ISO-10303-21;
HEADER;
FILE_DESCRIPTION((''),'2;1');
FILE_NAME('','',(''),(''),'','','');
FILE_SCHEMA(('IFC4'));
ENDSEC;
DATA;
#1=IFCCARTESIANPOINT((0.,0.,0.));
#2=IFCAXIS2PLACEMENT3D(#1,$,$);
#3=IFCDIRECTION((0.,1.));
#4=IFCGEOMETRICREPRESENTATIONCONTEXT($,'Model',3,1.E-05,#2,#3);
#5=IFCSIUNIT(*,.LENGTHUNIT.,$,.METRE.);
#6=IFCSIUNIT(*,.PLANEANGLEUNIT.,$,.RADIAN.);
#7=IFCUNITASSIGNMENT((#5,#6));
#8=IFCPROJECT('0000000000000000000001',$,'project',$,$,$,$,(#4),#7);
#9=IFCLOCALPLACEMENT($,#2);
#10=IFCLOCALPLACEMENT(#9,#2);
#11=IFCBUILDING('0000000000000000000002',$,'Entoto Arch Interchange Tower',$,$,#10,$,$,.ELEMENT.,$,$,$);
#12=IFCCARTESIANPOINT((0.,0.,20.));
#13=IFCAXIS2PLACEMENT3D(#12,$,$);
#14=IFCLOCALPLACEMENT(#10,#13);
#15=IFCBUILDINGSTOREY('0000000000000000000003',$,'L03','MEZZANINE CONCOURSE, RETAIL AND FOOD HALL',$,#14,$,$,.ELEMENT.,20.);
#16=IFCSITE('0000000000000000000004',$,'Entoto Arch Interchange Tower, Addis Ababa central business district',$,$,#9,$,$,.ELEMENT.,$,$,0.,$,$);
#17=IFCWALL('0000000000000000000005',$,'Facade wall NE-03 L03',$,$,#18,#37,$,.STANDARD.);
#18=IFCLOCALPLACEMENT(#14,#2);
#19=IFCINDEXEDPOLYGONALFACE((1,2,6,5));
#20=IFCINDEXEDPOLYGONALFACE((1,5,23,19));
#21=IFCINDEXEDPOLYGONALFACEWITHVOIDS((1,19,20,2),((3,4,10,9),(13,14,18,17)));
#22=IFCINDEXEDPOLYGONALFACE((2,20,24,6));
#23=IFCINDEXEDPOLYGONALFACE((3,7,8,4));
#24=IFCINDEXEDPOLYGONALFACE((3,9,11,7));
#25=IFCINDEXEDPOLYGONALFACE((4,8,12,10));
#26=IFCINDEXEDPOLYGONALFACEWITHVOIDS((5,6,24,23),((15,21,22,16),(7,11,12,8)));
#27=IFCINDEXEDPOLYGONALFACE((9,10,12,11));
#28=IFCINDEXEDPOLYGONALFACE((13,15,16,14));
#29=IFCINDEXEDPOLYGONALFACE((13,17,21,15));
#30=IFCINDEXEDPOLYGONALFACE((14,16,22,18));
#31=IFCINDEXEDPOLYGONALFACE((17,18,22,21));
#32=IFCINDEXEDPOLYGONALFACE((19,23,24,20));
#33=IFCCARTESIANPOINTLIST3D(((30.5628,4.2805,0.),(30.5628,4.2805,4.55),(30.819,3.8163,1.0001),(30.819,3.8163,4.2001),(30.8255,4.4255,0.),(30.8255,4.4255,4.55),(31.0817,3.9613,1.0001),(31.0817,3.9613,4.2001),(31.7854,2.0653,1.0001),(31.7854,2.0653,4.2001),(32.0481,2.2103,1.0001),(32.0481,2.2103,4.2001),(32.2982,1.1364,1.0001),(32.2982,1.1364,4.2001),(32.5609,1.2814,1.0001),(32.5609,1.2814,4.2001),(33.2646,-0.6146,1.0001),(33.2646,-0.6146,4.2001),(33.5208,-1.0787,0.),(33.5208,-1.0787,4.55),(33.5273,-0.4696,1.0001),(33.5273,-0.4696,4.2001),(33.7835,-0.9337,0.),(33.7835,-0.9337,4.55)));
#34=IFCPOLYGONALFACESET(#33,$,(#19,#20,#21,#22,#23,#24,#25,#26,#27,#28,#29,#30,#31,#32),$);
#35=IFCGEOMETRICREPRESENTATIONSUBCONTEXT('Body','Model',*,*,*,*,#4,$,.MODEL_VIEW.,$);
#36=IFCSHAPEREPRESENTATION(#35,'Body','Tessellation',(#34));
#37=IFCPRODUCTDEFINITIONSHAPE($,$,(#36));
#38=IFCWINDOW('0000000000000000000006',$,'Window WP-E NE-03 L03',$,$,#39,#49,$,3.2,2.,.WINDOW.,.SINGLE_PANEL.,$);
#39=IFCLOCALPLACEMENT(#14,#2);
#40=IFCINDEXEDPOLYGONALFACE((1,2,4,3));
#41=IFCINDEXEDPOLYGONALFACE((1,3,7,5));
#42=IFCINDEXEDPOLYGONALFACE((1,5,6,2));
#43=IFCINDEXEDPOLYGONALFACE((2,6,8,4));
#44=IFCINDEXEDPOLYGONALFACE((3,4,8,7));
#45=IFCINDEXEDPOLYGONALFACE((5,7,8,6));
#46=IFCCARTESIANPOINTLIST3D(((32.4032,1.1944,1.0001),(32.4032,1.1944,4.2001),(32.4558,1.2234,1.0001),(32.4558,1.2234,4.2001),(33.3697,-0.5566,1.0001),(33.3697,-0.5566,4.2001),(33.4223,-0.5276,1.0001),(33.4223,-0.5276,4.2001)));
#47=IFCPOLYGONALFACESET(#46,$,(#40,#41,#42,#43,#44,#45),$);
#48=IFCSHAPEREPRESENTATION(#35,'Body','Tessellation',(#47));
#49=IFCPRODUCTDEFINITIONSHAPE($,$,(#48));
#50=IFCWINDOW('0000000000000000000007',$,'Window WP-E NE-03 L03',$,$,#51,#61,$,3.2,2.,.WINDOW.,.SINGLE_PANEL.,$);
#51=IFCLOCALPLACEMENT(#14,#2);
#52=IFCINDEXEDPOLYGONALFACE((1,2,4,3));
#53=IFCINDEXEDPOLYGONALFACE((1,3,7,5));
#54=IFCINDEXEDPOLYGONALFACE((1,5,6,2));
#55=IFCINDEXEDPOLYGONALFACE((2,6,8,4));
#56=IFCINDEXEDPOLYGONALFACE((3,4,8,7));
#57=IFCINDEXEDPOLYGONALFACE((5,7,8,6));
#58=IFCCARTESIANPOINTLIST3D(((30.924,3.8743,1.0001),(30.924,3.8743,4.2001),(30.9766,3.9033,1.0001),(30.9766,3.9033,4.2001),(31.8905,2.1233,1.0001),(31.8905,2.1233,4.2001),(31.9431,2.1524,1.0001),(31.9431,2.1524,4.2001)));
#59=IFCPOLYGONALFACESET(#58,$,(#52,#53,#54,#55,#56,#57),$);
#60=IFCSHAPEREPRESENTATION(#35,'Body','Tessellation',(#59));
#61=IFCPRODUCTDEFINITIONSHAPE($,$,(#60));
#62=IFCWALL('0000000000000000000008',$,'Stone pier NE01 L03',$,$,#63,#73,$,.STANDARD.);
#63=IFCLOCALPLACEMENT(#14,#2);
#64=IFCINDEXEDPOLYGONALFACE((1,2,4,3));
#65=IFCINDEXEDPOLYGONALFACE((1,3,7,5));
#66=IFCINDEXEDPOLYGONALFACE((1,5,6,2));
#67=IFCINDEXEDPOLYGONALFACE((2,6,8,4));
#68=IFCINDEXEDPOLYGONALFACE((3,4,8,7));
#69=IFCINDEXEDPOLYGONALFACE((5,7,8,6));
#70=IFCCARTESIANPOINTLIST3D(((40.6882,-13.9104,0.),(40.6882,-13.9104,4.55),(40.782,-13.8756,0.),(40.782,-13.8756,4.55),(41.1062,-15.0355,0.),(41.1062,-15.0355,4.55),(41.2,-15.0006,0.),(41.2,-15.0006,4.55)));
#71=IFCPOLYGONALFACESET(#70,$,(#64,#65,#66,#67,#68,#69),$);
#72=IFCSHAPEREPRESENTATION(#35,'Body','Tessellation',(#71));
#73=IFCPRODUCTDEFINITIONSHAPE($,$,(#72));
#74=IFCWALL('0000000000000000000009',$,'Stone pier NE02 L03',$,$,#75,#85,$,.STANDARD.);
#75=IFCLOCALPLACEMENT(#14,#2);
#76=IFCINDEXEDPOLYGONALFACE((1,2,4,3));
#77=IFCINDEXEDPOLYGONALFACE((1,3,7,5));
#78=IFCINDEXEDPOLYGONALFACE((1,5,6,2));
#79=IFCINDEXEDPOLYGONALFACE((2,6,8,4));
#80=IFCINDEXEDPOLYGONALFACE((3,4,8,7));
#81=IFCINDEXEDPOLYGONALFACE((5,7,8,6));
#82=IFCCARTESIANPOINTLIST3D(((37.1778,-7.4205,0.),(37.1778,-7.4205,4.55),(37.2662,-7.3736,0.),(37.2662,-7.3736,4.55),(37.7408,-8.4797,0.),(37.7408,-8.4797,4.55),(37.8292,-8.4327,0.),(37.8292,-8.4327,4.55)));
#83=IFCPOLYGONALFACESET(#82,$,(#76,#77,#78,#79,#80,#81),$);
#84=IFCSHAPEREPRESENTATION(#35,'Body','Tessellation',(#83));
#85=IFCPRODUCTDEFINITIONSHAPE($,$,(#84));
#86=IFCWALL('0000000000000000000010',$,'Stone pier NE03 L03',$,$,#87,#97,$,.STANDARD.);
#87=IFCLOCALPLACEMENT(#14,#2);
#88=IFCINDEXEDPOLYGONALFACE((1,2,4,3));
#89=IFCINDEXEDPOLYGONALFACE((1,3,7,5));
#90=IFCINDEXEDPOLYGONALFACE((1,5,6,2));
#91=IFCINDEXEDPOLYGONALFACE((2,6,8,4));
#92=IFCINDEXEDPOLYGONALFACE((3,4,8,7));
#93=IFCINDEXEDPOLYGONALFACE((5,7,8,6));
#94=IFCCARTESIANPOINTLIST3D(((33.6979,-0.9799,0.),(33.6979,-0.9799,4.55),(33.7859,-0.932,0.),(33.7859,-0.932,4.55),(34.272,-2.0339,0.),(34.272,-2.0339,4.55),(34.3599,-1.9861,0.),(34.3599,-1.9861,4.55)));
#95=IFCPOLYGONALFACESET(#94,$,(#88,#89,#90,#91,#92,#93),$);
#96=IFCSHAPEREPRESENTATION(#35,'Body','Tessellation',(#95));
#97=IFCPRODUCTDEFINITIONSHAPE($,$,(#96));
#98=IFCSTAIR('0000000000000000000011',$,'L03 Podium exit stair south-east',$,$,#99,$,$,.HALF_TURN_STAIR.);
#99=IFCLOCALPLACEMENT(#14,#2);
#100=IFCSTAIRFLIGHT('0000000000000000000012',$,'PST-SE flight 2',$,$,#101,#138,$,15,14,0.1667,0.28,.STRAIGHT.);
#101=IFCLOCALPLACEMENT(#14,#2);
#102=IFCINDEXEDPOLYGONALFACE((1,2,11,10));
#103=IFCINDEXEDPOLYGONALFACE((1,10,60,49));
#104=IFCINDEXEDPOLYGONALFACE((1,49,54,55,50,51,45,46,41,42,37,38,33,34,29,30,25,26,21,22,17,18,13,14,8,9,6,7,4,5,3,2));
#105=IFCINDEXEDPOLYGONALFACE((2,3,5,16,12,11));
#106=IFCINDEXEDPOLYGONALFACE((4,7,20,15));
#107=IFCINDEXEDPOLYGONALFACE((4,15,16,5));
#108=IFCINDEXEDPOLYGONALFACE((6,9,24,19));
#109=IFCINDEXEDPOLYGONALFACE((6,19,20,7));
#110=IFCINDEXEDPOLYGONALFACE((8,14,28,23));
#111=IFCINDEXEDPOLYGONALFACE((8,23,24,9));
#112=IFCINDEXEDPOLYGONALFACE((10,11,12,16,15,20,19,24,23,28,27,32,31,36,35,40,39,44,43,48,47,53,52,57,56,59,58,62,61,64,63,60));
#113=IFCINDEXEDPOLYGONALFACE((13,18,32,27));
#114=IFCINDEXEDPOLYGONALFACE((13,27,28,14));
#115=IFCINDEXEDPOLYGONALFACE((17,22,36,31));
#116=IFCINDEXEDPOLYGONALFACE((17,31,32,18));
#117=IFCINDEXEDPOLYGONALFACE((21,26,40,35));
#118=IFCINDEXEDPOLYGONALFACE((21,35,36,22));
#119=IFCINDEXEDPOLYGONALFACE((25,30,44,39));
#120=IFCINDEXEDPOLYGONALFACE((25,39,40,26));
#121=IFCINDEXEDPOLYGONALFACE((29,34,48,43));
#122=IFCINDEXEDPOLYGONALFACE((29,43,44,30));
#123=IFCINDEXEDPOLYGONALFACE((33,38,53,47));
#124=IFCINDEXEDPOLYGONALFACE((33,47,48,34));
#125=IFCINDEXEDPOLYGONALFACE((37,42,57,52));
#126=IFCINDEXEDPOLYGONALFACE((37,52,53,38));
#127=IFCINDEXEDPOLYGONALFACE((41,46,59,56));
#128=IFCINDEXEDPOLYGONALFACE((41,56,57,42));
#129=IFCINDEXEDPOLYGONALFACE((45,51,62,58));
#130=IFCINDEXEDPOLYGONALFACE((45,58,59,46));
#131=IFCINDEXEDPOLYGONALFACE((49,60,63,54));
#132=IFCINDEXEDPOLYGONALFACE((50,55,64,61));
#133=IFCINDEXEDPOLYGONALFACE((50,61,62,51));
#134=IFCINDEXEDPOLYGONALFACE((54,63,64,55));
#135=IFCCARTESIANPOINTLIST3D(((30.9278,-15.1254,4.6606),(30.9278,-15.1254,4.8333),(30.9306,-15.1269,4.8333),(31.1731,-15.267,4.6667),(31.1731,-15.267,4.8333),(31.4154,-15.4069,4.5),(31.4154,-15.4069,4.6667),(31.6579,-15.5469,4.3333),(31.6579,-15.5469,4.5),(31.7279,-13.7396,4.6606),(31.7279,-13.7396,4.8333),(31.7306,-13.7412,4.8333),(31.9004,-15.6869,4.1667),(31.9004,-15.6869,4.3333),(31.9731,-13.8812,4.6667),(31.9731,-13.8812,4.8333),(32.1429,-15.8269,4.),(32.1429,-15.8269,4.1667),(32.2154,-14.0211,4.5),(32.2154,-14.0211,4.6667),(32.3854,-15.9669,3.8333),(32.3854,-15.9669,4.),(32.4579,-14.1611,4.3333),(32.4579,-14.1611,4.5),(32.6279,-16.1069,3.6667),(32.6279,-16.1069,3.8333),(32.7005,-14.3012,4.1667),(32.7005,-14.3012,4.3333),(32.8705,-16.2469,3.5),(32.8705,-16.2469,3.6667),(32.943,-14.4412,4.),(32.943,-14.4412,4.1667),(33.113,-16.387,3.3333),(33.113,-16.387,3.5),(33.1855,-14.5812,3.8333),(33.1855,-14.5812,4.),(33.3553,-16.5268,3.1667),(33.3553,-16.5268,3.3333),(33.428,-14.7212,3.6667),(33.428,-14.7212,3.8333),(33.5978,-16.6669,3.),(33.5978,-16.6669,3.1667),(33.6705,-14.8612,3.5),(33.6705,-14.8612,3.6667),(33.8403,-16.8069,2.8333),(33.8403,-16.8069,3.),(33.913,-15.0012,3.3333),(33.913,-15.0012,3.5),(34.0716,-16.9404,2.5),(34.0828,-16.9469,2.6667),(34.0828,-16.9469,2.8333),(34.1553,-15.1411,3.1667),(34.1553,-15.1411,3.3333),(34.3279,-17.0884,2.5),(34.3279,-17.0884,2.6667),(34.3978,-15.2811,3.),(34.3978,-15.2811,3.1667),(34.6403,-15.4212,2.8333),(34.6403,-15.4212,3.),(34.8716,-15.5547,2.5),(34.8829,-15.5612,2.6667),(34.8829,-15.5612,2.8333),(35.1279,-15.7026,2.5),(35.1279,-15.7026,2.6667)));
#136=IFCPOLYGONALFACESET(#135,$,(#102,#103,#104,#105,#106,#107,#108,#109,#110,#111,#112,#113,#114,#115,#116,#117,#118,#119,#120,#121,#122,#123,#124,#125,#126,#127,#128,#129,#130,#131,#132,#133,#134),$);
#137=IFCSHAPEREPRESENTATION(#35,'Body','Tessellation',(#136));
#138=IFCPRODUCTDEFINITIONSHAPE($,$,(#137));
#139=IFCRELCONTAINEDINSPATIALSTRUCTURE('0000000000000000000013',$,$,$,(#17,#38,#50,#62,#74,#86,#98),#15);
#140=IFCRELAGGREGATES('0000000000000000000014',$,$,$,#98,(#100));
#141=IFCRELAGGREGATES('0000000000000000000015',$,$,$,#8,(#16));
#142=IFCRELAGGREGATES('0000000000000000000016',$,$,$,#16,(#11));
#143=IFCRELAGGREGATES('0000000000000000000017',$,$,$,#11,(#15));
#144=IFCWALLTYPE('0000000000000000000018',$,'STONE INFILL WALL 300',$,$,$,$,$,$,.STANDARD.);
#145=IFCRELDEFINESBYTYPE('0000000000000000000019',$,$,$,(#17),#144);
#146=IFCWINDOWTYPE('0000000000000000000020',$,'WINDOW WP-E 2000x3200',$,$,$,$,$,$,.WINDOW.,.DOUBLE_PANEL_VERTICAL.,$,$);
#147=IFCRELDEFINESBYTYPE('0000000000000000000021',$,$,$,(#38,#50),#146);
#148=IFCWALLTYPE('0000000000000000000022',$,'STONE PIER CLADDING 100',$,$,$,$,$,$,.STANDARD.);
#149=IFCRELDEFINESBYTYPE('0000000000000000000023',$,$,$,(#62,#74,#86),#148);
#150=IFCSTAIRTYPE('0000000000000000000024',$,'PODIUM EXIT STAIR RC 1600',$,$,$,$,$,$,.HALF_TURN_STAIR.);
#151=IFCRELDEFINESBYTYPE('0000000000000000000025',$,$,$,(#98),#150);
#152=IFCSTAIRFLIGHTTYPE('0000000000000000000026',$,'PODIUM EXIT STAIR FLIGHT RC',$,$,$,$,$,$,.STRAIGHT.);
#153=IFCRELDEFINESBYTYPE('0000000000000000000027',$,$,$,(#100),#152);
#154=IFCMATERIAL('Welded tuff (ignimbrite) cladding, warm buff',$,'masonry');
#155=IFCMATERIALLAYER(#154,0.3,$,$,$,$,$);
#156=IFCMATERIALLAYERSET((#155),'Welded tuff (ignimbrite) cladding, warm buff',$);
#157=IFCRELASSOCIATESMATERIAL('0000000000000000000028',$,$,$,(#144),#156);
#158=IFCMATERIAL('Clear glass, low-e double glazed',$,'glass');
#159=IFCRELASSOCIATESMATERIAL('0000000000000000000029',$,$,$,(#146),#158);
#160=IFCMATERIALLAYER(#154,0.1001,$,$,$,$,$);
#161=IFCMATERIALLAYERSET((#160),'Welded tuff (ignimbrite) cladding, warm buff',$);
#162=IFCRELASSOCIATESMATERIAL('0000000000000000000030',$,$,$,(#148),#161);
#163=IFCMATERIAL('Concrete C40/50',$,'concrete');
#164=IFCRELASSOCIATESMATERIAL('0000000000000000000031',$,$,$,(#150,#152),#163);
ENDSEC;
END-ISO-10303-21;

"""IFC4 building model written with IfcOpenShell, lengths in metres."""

from ifc_helpers import new_model, si_unit, direction, frame, frame_2d, origin, place, context, subcontext, project, spatial, polyline, rectangle, outline, extrude, material, layer, layer_set, type_object, element, fill, aggregate, save


model = new_model("IFC4")

# Units and contexts
model_context = context("Model", 3, precision=1e-05, world=origin(), true_north=direction((0.0, 1.0)))
body_context = subcontext(model_context, "Body", "Model", "MODEL_VIEW")
ifc_project = project(units=[si_unit("LENGTHUNIT", "METRE"), si_unit("PLANEANGLEUNIT", "RADIAN")], contexts=[model_context])

# Site, building, storey
site_placement = place(None, origin())
site = spatial("IfcSite", under=ifc_project, at=site_placement, Name="Entoto Arch Interchange Tower, Addis Ababa central business district", CompositionType="ELEMENT", RefElevation=0.0)
building_placement = place(site_placement, origin())
building = spatial("IfcBuilding", under=site, at=building_placement, Name="Entoto Arch Interchange Tower", CompositionType="ELEMENT")
storey_placement = place(building_placement, frame((0.0, 0.0, 20.0)))
storey = spatial("IfcBuildingStorey", under=building, at=storey_placement, Name="L03", Description="MEZZANINE CONCOURSE, RETAIL AND FOOD HALL", CompositionType="ELEMENT", Elevation=20.0)

# Wall, openings, windows
ifc_material_1 = material(Name="Welded tuff (ignimbrite) cladding, warm buff", Category="masonry")
ifc_layer_1 = layer(ifc_material_1, 0.3)
ifc_layer_set_1 = layer_set([ifc_layer_1], Name="Welded tuff (ignimbrite) cladding, warm buff")
wall_type_1 = type_object("IfcWallType", Name="STONE INFILL WALL 300", PredefinedType="STANDARD", material=ifc_layer_set_1)
ifc_material_2 = material(Name="Clear glass, low-e double glazed", Category="glass")
window_type = type_object("IfcWindowType", Name="WINDOW WP-E 2000x3200", PartitioningType="DOUBLE_PANEL_VERTICAL", PredefinedType="WINDOW", material=ifc_material_2)
wall_1_placement = place(storey_placement, frame((33.6521, -1.0061, 0.0), z_axis=(0.0, 0.0, 1.0), x_axis=(-0.483233, 0.875492, 0.0)))
wall_1 = element("IfcWall", 1, at=wall_1_placement, inside=storey, type_object=wall_type_1, Name="Facade wall NE-03 L03", PredefinedType="STANDARD", context=body_context, shape_type="SweptSolid", body=[
    extrude(rectangle(XDim=6.1213, YDim=0.3, at=frame_2d((3.0605, 0.0))), origin(), (0.0, 0.0, 1.0), 4.55),
])
opening_1_placement = place(wall_1_placement, frame((0.53, 0.0, 1.0)))
opening_1 = element("IfcOpeningElement", 2, at=opening_1_placement, cuts=wall_1, PredefinedType="OPENING", context=body_context, shape_type="SweptSolid", body=[
    extrude(rectangle(XDim=2.0, YDim=3.2, at=frame_2d((1.0, 1.6001))), frame((0.0, 0.1602, 0.0), z_axis=(0.0, -1.0, 0.0), x_axis=(1.0, 0.0, 0.0)), (0.0, 0.0, 1.0), 0.3201),
])
opening_2_placement = place(wall_1_placement, frame((3.5911, 0.0, 1.0)))
opening_2 = element("IfcOpeningElement", 3, at=opening_2_placement, cuts=wall_1, PredefinedType="OPENING", context=body_context, shape_type="SweptSolid", body=[
    extrude(rectangle(XDim=2.0, YDim=3.2, at=frame_2d((1.0, 1.6001))), frame((0.0, 0.1602, 0.0), z_axis=(0.0, -1.0, 0.0), x_axis=(1.0, 0.0, 0.0)), (0.0, 0.0, 1.0), 0.3201),
])
window_1_placement = place(opening_1_placement, origin())
window_1 = element("IfcWindow", 4, at=window_1_placement, inside=storey, type_object=window_type, Name="Window WP-E NE-03 L03", OverallHeight=3.2, OverallWidth=2.0, PartitioningType="SINGLE_PANEL", PredefinedType="WINDOW", context=body_context, shape_type="SweptSolid", body=[
    extrude(rectangle(XDim=2.0, YDim=3.2, at=frame_2d((1.0, 1.6001))), frame((0.0, 0.03, 0.0), z_axis=(0.0, -1.0, 0.0), x_axis=(1.0, 0.0, 0.0)), (0.0, 0.0, 1.0), 0.0601),
])
fill(opening_1, window_1)
window_2_placement = place(opening_2_placement, origin())
window_2 = element("IfcWindow", 5, at=window_2_placement, inside=storey, type_object=window_type, Name="Window WP-E NE-03 L03", OverallHeight=3.2, OverallWidth=2.0, PartitioningType="SINGLE_PANEL", PredefinedType="WINDOW", context=body_context, shape_type="SweptSolid", body=[
    extrude(rectangle(XDim=2.0, YDim=3.2, at=frame_2d((1.0, 1.6001))), frame((0.0, 0.03, 0.0), z_axis=(0.0, -1.0, 0.0), x_axis=(1.0, 0.0, 0.0)), (0.0, 0.0, 1.0), 0.0601),
])
fill(opening_2, window_2)

# Walls
ifc_layer_2 = layer(ifc_material_1, 0.1001)
ifc_layer_set_2 = layer_set([ifc_layer_2], Name="Welded tuff (ignimbrite) cladding, warm buff")
wall_type_2 = type_object("IfcWallType", Name="STONE PIER CLADDING 100", PredefinedType="STANDARD", material=ifc_layer_set_2)
wall_2_placement = place(storey_placement, frame((41.1531, -15.0181, 0.0), z_axis=(0.0, 0.0, 1.0), x_axis=(-0.348268, 0.937395, 0.0)))
element("IfcWall", 6, at=wall_2_placement, inside=storey, type_object=wall_type_2, Name="Stone pier NE01 L03", PredefinedType="STANDARD", context=body_context, shape_type="SweptSolid", body=[
    extrude(rectangle(XDim=1.2002, YDim=0.1001, at=frame_2d((0.6001, 0.0))), origin(), (0.0, 0.0, 1.0), 4.55),
])
wall_3_placement = place(storey_placement, frame((37.7849, -8.4561, 0.0), z_axis=(0.0, 0.0, 1.0), x_axis=(-0.469383, 0.882994, 0.0)))
element("IfcWall", 7, at=wall_3_placement, inside=storey, type_object=wall_type_2, Name="Stone pier NE02 L03", PredefinedType="STANDARD", context=body_context, shape_type="SweptSolid", body=[
    extrude(rectangle(XDim=1.1995, YDim=0.1001, at=frame_2d((0.5996, 0.0))), origin(), (0.0, 0.0, 1.0), 4.55),
])
wall_4_placement = place(storey_placement, frame((34.3159, -2.01, 0.0), z_axis=(0.0, 0.0, 1.0), x_axis=(-0.478268, 0.878214, 0.0)))
element("IfcWall", 8, at=wall_4_placement, inside=storey, type_object=wall_type_2, Name="Stone pier NE03 L03", PredefinedType="STANDARD", context=body_context, shape_type="SweptSolid", body=[
    extrude(rectangle(XDim=1.2002, YDim=0.1001, at=frame_2d((0.6001, 0.0))), origin(), (0.0, 0.0, 1.0), 4.55),
])

# Stair, stair flight
ifc_material_3 = material(Name="Concrete C40/50", Category="concrete")
stair_type = type_object("IfcStairType", Name="PODIUM EXIT STAIR RC 1600", PredefinedType="HALF_TURN_STAIR", material=ifc_material_3)
stair_placement = place(storey_placement, origin())
stair = element("IfcStair", 9, at=stair_placement, inside=storey, type_object=stair_type, Name="L03 Podium exit stair south-east", PredefinedType="HALF_TURN_STAIR")
stair_flight_type = type_object("IfcStairFlightType", Name="PODIUM EXIT STAIR FLIGHT RC", PredefinedType="STRAIGHT", material=ifc_material_3)
stair_flight_placement = place(storey_placement, frame((34.7253, -16.394, 2.5), z_axis=(0.0, 0.0, 1.0), x_axis=(-0.866025, 0.5, 0.0)))
stair_flight = element("IfcStairFlight", 10, at=stair_flight_placement, type_object=stair_flight_type, Name="PST-SE flight 2", NumberOfRisers=15, NumberOfTreads=14, PredefinedType="STRAIGHT", RiserHeight=0.1667, TreadLength=0.28, context=body_context, shape_type="SweptSolid", body=[
    extrude(outline(polyline([(-0.0029, 0.0), (-0.0029, 0.1667), (0.28, 0.1667), (0.28, 0.3333), (0.5601, 0.3333), (0.5601, 0.5), (0.8401, 0.5), (0.8401, 0.6667), (1.1201, 0.6667), (1.1201, 0.8333), (1.3999, 0.8333), (1.3999, 1.0), (1.6799, 1.0), (1.6799, 1.1667), (1.96, 1.1667), (1.96, 1.3333), (2.24, 1.3333), (2.24, 1.5), (2.52, 1.5), (2.52, 1.6667), (2.8, 1.6667), (2.8, 1.8333), (3.0801, 1.8333), (3.0801, 2.0), (3.3601, 2.0), (3.3601, 2.1667), (3.6399, 2.1667), (3.6399, 2.3333), (3.9199, 2.3333), (3.9231, 2.3333), (3.9231, 2.1606), (0.293, 0.0), (-0.0029, 0.0)])), frame((0.0, 0.8, 0.0), z_axis=(0.0, -1.0, 0.0), x_axis=(1.0, 0.0, 0.0)), (0.0, 0.0, 1.0), 1.6001),
])
aggregate(stair, [stair_flight])

save(model, "model.ifc")
